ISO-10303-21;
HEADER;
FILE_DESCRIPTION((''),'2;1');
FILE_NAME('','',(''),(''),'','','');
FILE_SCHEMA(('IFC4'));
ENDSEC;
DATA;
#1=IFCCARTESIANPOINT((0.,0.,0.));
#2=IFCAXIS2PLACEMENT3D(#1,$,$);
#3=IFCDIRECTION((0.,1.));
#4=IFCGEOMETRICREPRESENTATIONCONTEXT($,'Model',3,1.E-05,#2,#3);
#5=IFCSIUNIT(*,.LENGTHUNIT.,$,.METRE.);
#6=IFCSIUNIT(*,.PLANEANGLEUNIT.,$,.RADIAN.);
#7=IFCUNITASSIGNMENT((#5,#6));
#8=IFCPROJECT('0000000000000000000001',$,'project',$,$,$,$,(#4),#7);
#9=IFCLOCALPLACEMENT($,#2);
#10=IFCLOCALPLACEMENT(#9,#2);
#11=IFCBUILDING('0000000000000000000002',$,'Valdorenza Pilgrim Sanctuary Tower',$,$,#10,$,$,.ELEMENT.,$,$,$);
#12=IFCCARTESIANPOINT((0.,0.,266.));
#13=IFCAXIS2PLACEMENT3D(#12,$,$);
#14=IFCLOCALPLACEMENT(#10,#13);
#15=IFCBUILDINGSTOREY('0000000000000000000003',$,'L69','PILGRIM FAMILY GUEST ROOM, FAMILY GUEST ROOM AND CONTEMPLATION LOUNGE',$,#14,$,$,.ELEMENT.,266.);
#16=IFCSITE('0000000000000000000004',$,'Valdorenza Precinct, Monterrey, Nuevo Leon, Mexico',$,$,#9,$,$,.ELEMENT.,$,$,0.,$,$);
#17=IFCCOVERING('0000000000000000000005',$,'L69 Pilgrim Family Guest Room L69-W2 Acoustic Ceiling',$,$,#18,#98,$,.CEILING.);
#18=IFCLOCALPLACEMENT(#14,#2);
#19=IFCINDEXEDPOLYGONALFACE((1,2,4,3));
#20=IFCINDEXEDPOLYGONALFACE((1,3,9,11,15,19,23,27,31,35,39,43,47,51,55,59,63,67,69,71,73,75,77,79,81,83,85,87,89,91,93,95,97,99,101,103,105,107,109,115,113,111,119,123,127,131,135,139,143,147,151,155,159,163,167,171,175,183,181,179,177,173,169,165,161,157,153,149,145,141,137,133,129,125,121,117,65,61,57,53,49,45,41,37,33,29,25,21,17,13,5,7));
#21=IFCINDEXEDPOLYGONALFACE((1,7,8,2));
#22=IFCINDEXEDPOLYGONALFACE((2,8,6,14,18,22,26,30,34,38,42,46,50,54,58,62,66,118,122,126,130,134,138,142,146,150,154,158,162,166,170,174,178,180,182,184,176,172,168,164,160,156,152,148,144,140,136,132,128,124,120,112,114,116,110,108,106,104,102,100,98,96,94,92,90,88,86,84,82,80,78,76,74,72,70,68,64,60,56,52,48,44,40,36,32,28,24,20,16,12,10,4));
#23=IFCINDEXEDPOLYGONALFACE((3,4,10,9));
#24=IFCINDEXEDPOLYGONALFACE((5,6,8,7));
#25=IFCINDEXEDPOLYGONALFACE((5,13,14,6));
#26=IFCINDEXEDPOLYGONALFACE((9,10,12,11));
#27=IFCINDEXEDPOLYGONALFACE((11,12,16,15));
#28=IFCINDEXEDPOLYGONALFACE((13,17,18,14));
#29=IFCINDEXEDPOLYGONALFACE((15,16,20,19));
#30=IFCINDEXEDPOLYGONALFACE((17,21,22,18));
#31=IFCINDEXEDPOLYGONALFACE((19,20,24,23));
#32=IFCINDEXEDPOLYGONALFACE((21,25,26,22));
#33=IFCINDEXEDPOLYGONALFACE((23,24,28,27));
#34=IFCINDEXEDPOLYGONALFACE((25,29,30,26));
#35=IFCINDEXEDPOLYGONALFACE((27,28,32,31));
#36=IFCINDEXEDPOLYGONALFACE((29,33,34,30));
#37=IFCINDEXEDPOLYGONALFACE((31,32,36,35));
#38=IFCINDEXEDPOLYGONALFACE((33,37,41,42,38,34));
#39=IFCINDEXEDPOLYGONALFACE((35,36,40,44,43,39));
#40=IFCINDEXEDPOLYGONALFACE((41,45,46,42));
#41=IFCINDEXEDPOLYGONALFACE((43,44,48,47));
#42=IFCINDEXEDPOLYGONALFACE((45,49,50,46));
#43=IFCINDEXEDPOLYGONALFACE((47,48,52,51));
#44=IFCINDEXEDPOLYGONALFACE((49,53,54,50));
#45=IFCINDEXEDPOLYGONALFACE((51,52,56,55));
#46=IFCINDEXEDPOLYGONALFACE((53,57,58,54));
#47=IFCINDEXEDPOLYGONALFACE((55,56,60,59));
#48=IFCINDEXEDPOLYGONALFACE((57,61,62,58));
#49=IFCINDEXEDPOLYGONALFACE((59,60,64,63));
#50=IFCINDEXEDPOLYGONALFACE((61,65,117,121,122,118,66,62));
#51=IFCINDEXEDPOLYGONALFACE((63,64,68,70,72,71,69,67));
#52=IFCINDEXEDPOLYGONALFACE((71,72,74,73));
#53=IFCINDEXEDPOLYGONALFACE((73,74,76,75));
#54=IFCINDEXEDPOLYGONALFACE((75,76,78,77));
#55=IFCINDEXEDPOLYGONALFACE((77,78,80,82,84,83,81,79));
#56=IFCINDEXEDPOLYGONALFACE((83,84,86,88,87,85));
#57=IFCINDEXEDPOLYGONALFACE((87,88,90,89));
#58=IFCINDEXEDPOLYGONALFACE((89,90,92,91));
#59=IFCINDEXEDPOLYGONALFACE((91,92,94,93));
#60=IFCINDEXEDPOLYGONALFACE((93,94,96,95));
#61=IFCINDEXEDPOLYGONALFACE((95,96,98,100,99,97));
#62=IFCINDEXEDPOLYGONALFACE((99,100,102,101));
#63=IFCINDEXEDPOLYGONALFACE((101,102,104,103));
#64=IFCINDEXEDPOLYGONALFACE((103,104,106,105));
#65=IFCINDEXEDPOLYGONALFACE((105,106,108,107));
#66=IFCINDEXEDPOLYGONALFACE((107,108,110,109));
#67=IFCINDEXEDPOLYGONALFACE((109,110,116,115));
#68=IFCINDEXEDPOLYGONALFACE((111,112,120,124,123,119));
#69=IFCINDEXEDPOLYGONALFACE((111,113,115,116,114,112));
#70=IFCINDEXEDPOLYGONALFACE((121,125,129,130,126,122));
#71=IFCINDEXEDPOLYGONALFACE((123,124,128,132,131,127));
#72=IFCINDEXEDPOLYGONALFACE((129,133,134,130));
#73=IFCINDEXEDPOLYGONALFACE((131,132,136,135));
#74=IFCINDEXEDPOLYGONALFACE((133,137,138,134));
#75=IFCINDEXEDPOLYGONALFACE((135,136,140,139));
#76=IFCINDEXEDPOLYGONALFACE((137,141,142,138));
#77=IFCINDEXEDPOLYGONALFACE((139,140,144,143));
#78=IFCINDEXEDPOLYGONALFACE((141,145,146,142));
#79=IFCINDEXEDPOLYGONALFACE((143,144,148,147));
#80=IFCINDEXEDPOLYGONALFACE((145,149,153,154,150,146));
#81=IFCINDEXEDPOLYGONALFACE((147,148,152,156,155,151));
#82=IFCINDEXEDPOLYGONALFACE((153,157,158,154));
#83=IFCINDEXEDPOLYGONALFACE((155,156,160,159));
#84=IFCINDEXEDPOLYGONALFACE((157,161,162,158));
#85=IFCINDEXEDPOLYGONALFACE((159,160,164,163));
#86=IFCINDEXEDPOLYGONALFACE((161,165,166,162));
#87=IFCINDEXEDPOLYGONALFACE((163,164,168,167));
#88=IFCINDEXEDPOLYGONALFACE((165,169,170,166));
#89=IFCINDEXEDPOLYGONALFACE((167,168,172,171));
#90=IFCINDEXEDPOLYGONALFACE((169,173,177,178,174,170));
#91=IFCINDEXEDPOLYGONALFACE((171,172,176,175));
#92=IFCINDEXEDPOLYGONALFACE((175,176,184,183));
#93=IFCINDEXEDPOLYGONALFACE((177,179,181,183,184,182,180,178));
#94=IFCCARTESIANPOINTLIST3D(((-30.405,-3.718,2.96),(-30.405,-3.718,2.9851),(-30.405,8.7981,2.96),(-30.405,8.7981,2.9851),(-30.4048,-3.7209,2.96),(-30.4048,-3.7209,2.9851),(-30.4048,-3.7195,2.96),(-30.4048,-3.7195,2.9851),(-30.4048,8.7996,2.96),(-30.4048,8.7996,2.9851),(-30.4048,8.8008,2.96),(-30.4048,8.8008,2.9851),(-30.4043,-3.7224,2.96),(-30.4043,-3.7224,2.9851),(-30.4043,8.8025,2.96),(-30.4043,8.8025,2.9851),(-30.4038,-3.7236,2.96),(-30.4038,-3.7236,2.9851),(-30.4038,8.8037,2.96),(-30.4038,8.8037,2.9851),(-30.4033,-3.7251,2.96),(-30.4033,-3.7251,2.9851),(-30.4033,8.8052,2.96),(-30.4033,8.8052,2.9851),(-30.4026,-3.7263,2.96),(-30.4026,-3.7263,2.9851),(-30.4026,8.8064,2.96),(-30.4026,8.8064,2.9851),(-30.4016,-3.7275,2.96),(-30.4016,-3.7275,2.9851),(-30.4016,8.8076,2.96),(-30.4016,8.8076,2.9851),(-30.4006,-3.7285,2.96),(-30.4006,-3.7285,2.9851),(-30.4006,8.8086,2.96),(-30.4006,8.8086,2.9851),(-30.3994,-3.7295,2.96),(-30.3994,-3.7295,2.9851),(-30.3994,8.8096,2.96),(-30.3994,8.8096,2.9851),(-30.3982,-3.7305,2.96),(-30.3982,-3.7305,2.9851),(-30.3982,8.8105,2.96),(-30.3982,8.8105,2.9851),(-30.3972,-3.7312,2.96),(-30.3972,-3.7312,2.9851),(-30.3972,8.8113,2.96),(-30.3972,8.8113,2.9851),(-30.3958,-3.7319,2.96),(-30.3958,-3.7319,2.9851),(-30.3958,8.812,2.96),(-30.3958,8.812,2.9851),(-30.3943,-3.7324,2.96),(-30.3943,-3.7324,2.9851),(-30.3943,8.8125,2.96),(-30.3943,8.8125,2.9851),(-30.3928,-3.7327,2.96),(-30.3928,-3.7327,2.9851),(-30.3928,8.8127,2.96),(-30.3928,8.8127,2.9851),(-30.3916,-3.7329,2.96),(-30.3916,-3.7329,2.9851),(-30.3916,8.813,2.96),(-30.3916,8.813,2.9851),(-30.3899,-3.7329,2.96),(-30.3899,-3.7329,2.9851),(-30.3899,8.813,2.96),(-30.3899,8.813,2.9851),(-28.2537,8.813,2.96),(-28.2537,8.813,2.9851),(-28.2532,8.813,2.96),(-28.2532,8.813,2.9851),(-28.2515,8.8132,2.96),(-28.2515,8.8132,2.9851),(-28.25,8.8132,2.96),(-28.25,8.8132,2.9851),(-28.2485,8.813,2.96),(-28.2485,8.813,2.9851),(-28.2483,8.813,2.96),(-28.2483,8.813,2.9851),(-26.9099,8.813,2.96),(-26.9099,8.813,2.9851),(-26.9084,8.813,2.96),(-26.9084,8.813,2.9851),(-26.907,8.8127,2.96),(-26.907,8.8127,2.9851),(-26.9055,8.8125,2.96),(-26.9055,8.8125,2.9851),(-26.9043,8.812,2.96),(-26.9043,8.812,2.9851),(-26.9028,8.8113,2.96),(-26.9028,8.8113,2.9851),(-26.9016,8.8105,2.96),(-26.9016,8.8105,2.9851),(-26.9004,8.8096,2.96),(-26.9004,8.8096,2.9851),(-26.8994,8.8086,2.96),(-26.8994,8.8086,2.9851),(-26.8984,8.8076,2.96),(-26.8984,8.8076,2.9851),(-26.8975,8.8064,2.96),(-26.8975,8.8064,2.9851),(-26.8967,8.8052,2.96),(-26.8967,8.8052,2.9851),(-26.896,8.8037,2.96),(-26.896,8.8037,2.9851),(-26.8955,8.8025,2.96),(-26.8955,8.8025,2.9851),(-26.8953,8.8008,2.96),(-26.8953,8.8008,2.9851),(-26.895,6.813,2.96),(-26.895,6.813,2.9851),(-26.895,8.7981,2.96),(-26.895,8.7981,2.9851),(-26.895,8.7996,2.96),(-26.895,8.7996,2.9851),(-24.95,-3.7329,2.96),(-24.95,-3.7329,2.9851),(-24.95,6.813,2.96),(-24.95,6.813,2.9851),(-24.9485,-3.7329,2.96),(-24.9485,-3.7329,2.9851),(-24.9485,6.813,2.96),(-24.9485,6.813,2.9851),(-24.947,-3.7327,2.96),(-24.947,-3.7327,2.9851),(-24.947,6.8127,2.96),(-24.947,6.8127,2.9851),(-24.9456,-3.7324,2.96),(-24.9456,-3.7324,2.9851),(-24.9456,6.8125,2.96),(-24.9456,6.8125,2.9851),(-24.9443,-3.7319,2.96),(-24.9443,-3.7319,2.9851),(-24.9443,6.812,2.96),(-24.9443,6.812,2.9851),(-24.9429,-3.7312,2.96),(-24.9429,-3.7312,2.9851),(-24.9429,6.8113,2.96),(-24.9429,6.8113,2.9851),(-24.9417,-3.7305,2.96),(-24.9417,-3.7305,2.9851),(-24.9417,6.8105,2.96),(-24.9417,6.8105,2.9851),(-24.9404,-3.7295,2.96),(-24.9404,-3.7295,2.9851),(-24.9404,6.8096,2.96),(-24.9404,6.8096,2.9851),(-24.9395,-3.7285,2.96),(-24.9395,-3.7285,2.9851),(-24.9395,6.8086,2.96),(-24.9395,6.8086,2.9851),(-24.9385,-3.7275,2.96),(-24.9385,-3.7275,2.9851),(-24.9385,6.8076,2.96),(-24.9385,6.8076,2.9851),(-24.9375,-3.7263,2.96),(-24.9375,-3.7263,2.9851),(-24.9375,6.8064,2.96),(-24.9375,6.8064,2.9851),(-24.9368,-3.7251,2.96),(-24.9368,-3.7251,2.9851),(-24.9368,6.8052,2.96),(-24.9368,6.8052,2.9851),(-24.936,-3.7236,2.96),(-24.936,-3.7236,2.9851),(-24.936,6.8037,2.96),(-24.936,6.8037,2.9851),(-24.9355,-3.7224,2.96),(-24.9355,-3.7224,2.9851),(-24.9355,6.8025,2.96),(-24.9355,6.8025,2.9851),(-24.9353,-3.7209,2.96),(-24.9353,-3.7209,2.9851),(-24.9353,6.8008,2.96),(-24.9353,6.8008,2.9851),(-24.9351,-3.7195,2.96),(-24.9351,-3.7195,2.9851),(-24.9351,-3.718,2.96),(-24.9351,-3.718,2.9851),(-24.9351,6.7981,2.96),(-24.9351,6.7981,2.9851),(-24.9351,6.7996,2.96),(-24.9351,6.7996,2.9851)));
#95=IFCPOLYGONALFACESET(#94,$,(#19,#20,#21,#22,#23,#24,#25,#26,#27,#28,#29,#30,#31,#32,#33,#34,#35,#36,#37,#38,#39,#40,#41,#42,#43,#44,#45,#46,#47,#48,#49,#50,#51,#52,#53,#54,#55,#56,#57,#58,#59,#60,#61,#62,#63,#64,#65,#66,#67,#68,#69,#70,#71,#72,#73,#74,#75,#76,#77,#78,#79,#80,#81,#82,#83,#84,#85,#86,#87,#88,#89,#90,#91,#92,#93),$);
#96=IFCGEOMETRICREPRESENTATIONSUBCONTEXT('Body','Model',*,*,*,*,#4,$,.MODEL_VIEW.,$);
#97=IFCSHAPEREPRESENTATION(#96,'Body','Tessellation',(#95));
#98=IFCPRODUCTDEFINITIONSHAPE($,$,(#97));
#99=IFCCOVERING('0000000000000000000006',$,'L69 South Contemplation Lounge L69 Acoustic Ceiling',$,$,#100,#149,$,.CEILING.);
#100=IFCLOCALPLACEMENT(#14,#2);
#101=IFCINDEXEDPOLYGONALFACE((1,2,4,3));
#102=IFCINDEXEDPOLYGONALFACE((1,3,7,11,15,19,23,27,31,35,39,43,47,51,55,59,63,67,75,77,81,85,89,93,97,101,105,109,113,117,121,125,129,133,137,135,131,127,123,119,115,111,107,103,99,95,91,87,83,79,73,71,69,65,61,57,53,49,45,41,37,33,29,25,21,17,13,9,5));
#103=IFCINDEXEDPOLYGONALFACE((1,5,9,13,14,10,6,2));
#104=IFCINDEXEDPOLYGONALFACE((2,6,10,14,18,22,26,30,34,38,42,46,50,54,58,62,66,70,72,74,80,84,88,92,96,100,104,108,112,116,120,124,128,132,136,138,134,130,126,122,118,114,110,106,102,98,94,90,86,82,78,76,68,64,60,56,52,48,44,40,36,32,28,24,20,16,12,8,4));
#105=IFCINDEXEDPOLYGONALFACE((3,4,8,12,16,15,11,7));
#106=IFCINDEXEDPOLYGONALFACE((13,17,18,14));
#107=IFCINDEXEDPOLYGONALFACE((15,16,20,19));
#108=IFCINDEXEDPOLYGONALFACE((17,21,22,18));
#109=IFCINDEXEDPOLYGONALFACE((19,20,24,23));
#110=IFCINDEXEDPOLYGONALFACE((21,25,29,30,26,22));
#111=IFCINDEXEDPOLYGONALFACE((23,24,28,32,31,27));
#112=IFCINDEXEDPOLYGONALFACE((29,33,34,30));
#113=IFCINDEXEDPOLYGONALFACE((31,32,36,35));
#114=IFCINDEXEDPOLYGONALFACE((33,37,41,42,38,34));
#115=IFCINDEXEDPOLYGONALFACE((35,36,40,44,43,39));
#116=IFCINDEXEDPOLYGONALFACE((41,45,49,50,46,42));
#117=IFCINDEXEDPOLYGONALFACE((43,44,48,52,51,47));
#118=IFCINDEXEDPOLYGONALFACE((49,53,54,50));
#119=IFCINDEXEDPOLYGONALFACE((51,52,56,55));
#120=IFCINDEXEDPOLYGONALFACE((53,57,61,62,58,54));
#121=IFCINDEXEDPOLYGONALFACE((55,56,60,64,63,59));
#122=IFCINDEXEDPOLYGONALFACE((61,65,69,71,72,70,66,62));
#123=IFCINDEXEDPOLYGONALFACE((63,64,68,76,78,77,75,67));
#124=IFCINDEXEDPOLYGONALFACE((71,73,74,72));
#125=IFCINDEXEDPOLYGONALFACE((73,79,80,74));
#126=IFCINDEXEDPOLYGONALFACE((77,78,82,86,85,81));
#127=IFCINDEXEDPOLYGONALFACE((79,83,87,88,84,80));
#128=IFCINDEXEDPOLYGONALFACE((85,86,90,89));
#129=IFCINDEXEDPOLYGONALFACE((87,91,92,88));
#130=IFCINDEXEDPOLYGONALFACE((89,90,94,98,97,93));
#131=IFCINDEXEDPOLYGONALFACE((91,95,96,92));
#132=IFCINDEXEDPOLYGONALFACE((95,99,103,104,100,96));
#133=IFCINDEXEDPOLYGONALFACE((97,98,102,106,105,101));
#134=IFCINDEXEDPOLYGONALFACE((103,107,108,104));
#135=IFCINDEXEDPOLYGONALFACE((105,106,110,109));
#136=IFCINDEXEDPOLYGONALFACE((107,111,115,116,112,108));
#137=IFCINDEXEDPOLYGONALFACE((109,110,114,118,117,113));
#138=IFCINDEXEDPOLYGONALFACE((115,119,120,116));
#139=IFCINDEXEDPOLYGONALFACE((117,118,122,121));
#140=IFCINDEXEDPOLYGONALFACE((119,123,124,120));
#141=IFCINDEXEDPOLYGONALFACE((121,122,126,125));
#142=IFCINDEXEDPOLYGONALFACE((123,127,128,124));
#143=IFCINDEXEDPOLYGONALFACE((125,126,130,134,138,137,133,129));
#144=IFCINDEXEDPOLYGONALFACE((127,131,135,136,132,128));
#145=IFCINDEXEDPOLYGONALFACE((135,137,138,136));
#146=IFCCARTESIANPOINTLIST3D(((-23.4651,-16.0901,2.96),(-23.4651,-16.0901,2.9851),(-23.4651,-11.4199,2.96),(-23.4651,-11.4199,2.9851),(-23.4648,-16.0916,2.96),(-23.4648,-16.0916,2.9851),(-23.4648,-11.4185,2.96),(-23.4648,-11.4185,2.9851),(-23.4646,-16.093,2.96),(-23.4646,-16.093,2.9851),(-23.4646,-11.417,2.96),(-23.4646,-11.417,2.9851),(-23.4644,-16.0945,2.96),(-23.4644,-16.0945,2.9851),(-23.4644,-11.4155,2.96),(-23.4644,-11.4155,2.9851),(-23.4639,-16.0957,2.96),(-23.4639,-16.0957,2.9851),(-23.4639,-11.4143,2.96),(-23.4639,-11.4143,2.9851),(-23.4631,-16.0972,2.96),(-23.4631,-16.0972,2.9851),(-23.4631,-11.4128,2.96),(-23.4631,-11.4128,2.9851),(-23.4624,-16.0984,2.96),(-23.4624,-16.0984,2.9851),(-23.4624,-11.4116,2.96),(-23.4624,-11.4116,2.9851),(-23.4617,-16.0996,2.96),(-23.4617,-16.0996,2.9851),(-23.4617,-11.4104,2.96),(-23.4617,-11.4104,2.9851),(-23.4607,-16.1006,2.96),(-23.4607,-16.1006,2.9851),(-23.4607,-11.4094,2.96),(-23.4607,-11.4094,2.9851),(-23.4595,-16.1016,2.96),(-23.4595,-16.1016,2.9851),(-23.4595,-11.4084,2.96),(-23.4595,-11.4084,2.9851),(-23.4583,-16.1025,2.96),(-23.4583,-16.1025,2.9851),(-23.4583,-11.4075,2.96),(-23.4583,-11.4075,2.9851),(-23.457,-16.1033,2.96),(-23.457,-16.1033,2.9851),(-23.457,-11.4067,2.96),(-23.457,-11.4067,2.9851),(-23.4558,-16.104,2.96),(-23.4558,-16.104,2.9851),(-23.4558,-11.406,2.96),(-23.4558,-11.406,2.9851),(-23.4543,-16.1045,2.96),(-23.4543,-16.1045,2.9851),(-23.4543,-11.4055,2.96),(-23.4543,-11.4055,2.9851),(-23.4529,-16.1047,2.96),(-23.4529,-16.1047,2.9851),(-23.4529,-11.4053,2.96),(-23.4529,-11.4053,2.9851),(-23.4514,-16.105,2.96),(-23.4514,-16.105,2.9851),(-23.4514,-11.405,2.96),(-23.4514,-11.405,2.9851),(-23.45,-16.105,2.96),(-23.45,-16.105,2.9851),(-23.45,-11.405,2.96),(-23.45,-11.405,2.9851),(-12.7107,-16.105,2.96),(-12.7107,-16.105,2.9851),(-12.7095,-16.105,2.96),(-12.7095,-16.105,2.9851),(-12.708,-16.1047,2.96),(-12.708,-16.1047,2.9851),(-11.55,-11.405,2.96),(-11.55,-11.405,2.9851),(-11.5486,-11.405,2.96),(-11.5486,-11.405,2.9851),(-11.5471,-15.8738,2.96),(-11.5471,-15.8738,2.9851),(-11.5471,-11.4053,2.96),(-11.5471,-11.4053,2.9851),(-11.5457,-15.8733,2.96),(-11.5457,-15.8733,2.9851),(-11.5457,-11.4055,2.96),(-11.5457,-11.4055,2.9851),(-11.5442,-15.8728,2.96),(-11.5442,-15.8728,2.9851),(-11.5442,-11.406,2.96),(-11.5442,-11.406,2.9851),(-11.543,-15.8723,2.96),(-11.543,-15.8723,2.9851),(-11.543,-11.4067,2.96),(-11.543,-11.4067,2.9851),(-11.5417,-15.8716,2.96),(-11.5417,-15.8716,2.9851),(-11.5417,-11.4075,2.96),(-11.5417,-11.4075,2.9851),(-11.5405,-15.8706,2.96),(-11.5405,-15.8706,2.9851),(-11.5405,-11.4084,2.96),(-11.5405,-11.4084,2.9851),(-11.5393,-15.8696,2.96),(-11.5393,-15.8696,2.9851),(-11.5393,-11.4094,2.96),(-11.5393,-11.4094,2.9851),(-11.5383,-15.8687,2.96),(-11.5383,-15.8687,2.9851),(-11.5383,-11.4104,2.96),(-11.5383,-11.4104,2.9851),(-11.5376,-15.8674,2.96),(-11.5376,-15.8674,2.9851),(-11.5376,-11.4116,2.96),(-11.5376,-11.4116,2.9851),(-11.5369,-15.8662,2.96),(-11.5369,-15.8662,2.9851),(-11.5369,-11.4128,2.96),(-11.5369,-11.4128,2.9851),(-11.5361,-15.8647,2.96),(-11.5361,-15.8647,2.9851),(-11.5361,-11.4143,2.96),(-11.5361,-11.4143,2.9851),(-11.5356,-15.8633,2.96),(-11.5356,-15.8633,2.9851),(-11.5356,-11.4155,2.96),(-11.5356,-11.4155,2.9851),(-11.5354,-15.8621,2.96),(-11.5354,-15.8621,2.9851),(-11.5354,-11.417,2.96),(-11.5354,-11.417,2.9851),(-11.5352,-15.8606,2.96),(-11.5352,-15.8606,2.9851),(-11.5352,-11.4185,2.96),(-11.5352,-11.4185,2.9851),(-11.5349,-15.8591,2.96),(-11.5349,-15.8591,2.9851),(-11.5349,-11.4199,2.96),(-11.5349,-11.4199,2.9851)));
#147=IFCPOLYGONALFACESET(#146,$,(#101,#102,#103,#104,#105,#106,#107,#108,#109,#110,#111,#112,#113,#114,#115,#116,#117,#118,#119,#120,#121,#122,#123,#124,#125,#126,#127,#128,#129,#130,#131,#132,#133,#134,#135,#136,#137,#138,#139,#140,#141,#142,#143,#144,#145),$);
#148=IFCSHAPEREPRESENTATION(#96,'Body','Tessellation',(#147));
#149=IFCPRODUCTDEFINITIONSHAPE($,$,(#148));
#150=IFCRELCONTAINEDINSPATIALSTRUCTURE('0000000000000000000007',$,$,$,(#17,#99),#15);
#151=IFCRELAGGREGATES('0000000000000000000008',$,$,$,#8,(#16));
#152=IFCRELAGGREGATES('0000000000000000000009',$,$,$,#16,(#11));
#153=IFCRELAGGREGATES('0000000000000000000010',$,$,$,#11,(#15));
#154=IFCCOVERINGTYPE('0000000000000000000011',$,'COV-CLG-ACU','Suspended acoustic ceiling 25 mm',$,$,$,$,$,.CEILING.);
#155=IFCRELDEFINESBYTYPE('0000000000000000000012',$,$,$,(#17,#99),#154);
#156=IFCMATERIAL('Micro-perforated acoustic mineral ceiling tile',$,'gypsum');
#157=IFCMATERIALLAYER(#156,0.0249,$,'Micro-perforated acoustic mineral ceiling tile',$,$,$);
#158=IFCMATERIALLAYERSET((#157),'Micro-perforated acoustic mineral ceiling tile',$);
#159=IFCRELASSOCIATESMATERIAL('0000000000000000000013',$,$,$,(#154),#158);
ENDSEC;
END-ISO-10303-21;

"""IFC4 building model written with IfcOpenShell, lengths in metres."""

from ifc_helpers import new_model, si_unit, direction, frame, origin, place, context, subcontext, project, spatial, polyline, outline, extrude, material, layer, layer_set, type_object, element, save


model = new_model("IFC4")

# Units and contexts
model_context = context("Model", 3, precision=1e-05, world=origin(), true_north=direction((0.0, 1.0)))
body_context = subcontext(model_context, "Body", "Model", "MODEL_VIEW")
ifc_project = project(units=[si_unit("LENGTHUNIT", "METRE"), si_unit("PLANEANGLEUNIT", "RADIAN")], contexts=[model_context])

# Site, building, storey
site_placement = place(None, origin())
site = spatial("IfcSite", under=ifc_project, at=site_placement, Name="Valdorenza Precinct, Monterrey, Nuevo Leon, Mexico", CompositionType="ELEMENT", RefElevation=0.0)
building_placement = place(site_placement, origin())
building = spatial("IfcBuilding", under=site, at=building_placement, Name="Valdorenza Pilgrim Sanctuary Tower", CompositionType="ELEMENT")
storey_placement = place(building_placement, frame((0.0, 0.0, 266.0)))
storey = spatial("IfcBuildingStorey", under=building, at=storey_placement, Name="L69", Description="PILGRIM FAMILY GUEST ROOM, FAMILY GUEST ROOM AND CONTEMPLATION LOUNGE", CompositionType="ELEMENT", Elevation=266.0)

# Coverings
ifc_material_1 = material(Name="Micro-perforated acoustic mineral ceiling tile", Category="gypsum")
ifc_layer_1 = layer(ifc_material_1, 0.0249, Name="Micro-perforated acoustic mineral ceiling tile")
ifc_layer_set_1 = layer_set([ifc_layer_1], Name="Micro-perforated acoustic mineral ceiling tile")
covering_type_1 = type_object("IfcCoveringType", Name="COV-CLG-ACU", Description="Suspended acoustic ceiling 25 mm", PredefinedType="CEILING", material=ifc_layer_set_1)
covering_1_placement = place(storey_placement, frame((0.0, 0.0, 2.96)))
element("IfcCovering", 1, at=covering_1_placement, inside=storey, type_object=covering_type_1, Name="L69 Pilgrim Family Guest Room L69-W2 Acoustic Ceiling", PredefinedType="CEILING", context=body_context, shape_type="SweptSolid", body=[
    extrude(outline(polyline([(-30.405, 8.7981), (-30.4048, 8.7996), (-30.4048, 8.8008), (-30.4043, 8.8025), (-30.4038, 8.8037), (-30.4033, 8.8052), (-30.4026, 8.8064), (-30.4016, 8.8076), (-30.4006, 8.8086), (-30.3994, 8.8096), (-30.3982, 8.8105), (-30.3972, 8.8113), (-30.3958, 8.812), (-30.3943, 8.8125), (-30.3928, 8.8127), (-30.3916, 8.813), (-30.3899, 8.813), (-28.2537, 8.813), (-28.2532, 8.813), (-28.2515, 8.8132), (-28.25, 8.8132), (-28.2485, 8.813), (-28.2483, 8.813), (-26.9099, 8.813), (-26.9084, 8.813), (-26.907, 8.8127), (-26.9055, 8.8125), (-26.9043, 8.812), (-26.9028, 8.8113), (-26.9016, 8.8105), (-26.9004, 8.8096), (-26.8994, 8.8086), (-26.8984, 8.8076), (-26.8975, 8.8064), (-26.8967, 8.8052), (-26.896, 8.8037), (-26.8955, 8.8025), (-26.8953, 8.8008), (-26.895, 8.7996), (-26.895, 8.7981), (-26.895, 6.813), (-24.95, 6.813), (-24.9485, 6.813), (-24.947, 6.8127), (-24.9456, 6.8125), (-24.9443, 6.812), (-24.9429, 6.8113), (-24.9417, 6.8105), (-24.9404, 6.8096), (-24.9395, 6.8086), (-24.9385, 6.8076), (-24.9375, 6.8064), (-24.9368, 6.8052), (-24.936, 6.8037), (-24.9355, 6.8025), (-24.9353, 6.8008), (-24.9351, 6.7996), (-24.9351, 6.7981), (-24.9351, -3.718), (-24.9351, -3.7195), (-24.9353, -3.7209), (-24.9355, -3.7224), (-24.936, -3.7236), (-24.9368, -3.7251), (-24.9375, -3.7263), (-24.9385, -3.7275), (-24.9395, -3.7285), (-24.9404, -3.7295), (-24.9417, -3.7305), (-24.9429, -3.7312), (-24.9443, -3.7319), (-24.9456, -3.7324), (-24.947, -3.7327), (-24.9485, -3.7329), (-24.95, -3.7329), (-30.3899, -3.7329), (-30.3916, -3.7329), (-30.3928, -3.7327), (-30.3943, -3.7324), (-30.3958, -3.7319), (-30.3972, -3.7312), (-30.3982, -3.7305), (-30.3994, -3.7295), (-30.4006, -3.7285), (-30.4016, -3.7275), (-30.4026, -3.7263), (-30.4033, -3.7251), (-30.4038, -3.7236), (-30.4043, -3.7224), (-30.4048, -3.7209), (-30.4048, -3.7195), (-30.405, -3.718), (-30.405, 8.7981)])), origin(), (0.0, 0.0, 1.0), 0.0251),
])
covering_2_placement = place(storey_placement, frame((0.0, 0.0, 2.96)))
element("IfcCovering", 2, at=covering_2_placement, inside=storey, type_object=covering_type_1, Name="L69 South Contemplation Lounge L69 Acoustic Ceiling", PredefinedType="CEILING", context=body_context, shape_type="SweptSolid", body=[
    extrude(outline(polyline([(-11.55, -11.405), (-11.5486, -11.405), (-11.5471, -11.4053), (-11.5457, -11.4055), (-11.5442, -11.406), (-11.543, -11.4067), (-11.5417, -11.4075), (-11.5405, -11.4084), (-11.5393, -11.4094), (-11.5383, -11.4104), (-11.5376, -11.4116), (-11.5369, -11.4128), (-11.5361, -11.4143), (-11.5356, -11.4155), (-11.5354, -11.417), (-11.5352, -11.4185), (-11.5349, -11.4199), (-11.5349, -15.8591), (-11.5352, -15.8606), (-11.5354, -15.8621), (-11.5356, -15.8633), (-11.5361, -15.8647), (-11.5369, -15.8662), (-11.5376, -15.8674), (-11.5383, -15.8687), (-11.5393, -15.8696), (-11.5405, -15.8706), (-11.5417, -15.8716), (-11.543, -15.8723), (-11.5442, -15.8728), (-11.5457, -15.8733), (-11.5471, -15.8738), (-12.708, -16.1047), (-12.7095, -16.105), (-12.7107, -16.105), (-23.45, -16.105), (-23.4514, -16.105), (-23.4529, -16.1047), (-23.4543, -16.1045), (-23.4558, -16.104), (-23.457, -16.1033), (-23.4583, -16.1025), (-23.4595, -16.1016), (-23.4607, -16.1006), (-23.4617, -16.0996), (-23.4624, -16.0984), (-23.4631, -16.0972), (-23.4639, -16.0957), (-23.4644, -16.0945), (-23.4646, -16.093), (-23.4648, -16.0916), (-23.4651, -16.0901), (-23.4651, -11.4199), (-23.4648, -11.4185), (-23.4646, -11.417), (-23.4644, -11.4155), (-23.4639, -11.4143), (-23.4631, -11.4128), (-23.4624, -11.4116), (-23.4617, -11.4104), (-23.4607, -11.4094), (-23.4595, -11.4084), (-23.4583, -11.4075), (-23.457, -11.4067), (-23.4558, -11.406), (-23.4543, -11.4055), (-23.4529, -11.4053), (-23.4514, -11.405), (-23.45, -11.405), (-11.55, -11.405)])), origin(), (0.0, 0.0, 1.0), 0.0251),
])

save(model, "model.ifc")
